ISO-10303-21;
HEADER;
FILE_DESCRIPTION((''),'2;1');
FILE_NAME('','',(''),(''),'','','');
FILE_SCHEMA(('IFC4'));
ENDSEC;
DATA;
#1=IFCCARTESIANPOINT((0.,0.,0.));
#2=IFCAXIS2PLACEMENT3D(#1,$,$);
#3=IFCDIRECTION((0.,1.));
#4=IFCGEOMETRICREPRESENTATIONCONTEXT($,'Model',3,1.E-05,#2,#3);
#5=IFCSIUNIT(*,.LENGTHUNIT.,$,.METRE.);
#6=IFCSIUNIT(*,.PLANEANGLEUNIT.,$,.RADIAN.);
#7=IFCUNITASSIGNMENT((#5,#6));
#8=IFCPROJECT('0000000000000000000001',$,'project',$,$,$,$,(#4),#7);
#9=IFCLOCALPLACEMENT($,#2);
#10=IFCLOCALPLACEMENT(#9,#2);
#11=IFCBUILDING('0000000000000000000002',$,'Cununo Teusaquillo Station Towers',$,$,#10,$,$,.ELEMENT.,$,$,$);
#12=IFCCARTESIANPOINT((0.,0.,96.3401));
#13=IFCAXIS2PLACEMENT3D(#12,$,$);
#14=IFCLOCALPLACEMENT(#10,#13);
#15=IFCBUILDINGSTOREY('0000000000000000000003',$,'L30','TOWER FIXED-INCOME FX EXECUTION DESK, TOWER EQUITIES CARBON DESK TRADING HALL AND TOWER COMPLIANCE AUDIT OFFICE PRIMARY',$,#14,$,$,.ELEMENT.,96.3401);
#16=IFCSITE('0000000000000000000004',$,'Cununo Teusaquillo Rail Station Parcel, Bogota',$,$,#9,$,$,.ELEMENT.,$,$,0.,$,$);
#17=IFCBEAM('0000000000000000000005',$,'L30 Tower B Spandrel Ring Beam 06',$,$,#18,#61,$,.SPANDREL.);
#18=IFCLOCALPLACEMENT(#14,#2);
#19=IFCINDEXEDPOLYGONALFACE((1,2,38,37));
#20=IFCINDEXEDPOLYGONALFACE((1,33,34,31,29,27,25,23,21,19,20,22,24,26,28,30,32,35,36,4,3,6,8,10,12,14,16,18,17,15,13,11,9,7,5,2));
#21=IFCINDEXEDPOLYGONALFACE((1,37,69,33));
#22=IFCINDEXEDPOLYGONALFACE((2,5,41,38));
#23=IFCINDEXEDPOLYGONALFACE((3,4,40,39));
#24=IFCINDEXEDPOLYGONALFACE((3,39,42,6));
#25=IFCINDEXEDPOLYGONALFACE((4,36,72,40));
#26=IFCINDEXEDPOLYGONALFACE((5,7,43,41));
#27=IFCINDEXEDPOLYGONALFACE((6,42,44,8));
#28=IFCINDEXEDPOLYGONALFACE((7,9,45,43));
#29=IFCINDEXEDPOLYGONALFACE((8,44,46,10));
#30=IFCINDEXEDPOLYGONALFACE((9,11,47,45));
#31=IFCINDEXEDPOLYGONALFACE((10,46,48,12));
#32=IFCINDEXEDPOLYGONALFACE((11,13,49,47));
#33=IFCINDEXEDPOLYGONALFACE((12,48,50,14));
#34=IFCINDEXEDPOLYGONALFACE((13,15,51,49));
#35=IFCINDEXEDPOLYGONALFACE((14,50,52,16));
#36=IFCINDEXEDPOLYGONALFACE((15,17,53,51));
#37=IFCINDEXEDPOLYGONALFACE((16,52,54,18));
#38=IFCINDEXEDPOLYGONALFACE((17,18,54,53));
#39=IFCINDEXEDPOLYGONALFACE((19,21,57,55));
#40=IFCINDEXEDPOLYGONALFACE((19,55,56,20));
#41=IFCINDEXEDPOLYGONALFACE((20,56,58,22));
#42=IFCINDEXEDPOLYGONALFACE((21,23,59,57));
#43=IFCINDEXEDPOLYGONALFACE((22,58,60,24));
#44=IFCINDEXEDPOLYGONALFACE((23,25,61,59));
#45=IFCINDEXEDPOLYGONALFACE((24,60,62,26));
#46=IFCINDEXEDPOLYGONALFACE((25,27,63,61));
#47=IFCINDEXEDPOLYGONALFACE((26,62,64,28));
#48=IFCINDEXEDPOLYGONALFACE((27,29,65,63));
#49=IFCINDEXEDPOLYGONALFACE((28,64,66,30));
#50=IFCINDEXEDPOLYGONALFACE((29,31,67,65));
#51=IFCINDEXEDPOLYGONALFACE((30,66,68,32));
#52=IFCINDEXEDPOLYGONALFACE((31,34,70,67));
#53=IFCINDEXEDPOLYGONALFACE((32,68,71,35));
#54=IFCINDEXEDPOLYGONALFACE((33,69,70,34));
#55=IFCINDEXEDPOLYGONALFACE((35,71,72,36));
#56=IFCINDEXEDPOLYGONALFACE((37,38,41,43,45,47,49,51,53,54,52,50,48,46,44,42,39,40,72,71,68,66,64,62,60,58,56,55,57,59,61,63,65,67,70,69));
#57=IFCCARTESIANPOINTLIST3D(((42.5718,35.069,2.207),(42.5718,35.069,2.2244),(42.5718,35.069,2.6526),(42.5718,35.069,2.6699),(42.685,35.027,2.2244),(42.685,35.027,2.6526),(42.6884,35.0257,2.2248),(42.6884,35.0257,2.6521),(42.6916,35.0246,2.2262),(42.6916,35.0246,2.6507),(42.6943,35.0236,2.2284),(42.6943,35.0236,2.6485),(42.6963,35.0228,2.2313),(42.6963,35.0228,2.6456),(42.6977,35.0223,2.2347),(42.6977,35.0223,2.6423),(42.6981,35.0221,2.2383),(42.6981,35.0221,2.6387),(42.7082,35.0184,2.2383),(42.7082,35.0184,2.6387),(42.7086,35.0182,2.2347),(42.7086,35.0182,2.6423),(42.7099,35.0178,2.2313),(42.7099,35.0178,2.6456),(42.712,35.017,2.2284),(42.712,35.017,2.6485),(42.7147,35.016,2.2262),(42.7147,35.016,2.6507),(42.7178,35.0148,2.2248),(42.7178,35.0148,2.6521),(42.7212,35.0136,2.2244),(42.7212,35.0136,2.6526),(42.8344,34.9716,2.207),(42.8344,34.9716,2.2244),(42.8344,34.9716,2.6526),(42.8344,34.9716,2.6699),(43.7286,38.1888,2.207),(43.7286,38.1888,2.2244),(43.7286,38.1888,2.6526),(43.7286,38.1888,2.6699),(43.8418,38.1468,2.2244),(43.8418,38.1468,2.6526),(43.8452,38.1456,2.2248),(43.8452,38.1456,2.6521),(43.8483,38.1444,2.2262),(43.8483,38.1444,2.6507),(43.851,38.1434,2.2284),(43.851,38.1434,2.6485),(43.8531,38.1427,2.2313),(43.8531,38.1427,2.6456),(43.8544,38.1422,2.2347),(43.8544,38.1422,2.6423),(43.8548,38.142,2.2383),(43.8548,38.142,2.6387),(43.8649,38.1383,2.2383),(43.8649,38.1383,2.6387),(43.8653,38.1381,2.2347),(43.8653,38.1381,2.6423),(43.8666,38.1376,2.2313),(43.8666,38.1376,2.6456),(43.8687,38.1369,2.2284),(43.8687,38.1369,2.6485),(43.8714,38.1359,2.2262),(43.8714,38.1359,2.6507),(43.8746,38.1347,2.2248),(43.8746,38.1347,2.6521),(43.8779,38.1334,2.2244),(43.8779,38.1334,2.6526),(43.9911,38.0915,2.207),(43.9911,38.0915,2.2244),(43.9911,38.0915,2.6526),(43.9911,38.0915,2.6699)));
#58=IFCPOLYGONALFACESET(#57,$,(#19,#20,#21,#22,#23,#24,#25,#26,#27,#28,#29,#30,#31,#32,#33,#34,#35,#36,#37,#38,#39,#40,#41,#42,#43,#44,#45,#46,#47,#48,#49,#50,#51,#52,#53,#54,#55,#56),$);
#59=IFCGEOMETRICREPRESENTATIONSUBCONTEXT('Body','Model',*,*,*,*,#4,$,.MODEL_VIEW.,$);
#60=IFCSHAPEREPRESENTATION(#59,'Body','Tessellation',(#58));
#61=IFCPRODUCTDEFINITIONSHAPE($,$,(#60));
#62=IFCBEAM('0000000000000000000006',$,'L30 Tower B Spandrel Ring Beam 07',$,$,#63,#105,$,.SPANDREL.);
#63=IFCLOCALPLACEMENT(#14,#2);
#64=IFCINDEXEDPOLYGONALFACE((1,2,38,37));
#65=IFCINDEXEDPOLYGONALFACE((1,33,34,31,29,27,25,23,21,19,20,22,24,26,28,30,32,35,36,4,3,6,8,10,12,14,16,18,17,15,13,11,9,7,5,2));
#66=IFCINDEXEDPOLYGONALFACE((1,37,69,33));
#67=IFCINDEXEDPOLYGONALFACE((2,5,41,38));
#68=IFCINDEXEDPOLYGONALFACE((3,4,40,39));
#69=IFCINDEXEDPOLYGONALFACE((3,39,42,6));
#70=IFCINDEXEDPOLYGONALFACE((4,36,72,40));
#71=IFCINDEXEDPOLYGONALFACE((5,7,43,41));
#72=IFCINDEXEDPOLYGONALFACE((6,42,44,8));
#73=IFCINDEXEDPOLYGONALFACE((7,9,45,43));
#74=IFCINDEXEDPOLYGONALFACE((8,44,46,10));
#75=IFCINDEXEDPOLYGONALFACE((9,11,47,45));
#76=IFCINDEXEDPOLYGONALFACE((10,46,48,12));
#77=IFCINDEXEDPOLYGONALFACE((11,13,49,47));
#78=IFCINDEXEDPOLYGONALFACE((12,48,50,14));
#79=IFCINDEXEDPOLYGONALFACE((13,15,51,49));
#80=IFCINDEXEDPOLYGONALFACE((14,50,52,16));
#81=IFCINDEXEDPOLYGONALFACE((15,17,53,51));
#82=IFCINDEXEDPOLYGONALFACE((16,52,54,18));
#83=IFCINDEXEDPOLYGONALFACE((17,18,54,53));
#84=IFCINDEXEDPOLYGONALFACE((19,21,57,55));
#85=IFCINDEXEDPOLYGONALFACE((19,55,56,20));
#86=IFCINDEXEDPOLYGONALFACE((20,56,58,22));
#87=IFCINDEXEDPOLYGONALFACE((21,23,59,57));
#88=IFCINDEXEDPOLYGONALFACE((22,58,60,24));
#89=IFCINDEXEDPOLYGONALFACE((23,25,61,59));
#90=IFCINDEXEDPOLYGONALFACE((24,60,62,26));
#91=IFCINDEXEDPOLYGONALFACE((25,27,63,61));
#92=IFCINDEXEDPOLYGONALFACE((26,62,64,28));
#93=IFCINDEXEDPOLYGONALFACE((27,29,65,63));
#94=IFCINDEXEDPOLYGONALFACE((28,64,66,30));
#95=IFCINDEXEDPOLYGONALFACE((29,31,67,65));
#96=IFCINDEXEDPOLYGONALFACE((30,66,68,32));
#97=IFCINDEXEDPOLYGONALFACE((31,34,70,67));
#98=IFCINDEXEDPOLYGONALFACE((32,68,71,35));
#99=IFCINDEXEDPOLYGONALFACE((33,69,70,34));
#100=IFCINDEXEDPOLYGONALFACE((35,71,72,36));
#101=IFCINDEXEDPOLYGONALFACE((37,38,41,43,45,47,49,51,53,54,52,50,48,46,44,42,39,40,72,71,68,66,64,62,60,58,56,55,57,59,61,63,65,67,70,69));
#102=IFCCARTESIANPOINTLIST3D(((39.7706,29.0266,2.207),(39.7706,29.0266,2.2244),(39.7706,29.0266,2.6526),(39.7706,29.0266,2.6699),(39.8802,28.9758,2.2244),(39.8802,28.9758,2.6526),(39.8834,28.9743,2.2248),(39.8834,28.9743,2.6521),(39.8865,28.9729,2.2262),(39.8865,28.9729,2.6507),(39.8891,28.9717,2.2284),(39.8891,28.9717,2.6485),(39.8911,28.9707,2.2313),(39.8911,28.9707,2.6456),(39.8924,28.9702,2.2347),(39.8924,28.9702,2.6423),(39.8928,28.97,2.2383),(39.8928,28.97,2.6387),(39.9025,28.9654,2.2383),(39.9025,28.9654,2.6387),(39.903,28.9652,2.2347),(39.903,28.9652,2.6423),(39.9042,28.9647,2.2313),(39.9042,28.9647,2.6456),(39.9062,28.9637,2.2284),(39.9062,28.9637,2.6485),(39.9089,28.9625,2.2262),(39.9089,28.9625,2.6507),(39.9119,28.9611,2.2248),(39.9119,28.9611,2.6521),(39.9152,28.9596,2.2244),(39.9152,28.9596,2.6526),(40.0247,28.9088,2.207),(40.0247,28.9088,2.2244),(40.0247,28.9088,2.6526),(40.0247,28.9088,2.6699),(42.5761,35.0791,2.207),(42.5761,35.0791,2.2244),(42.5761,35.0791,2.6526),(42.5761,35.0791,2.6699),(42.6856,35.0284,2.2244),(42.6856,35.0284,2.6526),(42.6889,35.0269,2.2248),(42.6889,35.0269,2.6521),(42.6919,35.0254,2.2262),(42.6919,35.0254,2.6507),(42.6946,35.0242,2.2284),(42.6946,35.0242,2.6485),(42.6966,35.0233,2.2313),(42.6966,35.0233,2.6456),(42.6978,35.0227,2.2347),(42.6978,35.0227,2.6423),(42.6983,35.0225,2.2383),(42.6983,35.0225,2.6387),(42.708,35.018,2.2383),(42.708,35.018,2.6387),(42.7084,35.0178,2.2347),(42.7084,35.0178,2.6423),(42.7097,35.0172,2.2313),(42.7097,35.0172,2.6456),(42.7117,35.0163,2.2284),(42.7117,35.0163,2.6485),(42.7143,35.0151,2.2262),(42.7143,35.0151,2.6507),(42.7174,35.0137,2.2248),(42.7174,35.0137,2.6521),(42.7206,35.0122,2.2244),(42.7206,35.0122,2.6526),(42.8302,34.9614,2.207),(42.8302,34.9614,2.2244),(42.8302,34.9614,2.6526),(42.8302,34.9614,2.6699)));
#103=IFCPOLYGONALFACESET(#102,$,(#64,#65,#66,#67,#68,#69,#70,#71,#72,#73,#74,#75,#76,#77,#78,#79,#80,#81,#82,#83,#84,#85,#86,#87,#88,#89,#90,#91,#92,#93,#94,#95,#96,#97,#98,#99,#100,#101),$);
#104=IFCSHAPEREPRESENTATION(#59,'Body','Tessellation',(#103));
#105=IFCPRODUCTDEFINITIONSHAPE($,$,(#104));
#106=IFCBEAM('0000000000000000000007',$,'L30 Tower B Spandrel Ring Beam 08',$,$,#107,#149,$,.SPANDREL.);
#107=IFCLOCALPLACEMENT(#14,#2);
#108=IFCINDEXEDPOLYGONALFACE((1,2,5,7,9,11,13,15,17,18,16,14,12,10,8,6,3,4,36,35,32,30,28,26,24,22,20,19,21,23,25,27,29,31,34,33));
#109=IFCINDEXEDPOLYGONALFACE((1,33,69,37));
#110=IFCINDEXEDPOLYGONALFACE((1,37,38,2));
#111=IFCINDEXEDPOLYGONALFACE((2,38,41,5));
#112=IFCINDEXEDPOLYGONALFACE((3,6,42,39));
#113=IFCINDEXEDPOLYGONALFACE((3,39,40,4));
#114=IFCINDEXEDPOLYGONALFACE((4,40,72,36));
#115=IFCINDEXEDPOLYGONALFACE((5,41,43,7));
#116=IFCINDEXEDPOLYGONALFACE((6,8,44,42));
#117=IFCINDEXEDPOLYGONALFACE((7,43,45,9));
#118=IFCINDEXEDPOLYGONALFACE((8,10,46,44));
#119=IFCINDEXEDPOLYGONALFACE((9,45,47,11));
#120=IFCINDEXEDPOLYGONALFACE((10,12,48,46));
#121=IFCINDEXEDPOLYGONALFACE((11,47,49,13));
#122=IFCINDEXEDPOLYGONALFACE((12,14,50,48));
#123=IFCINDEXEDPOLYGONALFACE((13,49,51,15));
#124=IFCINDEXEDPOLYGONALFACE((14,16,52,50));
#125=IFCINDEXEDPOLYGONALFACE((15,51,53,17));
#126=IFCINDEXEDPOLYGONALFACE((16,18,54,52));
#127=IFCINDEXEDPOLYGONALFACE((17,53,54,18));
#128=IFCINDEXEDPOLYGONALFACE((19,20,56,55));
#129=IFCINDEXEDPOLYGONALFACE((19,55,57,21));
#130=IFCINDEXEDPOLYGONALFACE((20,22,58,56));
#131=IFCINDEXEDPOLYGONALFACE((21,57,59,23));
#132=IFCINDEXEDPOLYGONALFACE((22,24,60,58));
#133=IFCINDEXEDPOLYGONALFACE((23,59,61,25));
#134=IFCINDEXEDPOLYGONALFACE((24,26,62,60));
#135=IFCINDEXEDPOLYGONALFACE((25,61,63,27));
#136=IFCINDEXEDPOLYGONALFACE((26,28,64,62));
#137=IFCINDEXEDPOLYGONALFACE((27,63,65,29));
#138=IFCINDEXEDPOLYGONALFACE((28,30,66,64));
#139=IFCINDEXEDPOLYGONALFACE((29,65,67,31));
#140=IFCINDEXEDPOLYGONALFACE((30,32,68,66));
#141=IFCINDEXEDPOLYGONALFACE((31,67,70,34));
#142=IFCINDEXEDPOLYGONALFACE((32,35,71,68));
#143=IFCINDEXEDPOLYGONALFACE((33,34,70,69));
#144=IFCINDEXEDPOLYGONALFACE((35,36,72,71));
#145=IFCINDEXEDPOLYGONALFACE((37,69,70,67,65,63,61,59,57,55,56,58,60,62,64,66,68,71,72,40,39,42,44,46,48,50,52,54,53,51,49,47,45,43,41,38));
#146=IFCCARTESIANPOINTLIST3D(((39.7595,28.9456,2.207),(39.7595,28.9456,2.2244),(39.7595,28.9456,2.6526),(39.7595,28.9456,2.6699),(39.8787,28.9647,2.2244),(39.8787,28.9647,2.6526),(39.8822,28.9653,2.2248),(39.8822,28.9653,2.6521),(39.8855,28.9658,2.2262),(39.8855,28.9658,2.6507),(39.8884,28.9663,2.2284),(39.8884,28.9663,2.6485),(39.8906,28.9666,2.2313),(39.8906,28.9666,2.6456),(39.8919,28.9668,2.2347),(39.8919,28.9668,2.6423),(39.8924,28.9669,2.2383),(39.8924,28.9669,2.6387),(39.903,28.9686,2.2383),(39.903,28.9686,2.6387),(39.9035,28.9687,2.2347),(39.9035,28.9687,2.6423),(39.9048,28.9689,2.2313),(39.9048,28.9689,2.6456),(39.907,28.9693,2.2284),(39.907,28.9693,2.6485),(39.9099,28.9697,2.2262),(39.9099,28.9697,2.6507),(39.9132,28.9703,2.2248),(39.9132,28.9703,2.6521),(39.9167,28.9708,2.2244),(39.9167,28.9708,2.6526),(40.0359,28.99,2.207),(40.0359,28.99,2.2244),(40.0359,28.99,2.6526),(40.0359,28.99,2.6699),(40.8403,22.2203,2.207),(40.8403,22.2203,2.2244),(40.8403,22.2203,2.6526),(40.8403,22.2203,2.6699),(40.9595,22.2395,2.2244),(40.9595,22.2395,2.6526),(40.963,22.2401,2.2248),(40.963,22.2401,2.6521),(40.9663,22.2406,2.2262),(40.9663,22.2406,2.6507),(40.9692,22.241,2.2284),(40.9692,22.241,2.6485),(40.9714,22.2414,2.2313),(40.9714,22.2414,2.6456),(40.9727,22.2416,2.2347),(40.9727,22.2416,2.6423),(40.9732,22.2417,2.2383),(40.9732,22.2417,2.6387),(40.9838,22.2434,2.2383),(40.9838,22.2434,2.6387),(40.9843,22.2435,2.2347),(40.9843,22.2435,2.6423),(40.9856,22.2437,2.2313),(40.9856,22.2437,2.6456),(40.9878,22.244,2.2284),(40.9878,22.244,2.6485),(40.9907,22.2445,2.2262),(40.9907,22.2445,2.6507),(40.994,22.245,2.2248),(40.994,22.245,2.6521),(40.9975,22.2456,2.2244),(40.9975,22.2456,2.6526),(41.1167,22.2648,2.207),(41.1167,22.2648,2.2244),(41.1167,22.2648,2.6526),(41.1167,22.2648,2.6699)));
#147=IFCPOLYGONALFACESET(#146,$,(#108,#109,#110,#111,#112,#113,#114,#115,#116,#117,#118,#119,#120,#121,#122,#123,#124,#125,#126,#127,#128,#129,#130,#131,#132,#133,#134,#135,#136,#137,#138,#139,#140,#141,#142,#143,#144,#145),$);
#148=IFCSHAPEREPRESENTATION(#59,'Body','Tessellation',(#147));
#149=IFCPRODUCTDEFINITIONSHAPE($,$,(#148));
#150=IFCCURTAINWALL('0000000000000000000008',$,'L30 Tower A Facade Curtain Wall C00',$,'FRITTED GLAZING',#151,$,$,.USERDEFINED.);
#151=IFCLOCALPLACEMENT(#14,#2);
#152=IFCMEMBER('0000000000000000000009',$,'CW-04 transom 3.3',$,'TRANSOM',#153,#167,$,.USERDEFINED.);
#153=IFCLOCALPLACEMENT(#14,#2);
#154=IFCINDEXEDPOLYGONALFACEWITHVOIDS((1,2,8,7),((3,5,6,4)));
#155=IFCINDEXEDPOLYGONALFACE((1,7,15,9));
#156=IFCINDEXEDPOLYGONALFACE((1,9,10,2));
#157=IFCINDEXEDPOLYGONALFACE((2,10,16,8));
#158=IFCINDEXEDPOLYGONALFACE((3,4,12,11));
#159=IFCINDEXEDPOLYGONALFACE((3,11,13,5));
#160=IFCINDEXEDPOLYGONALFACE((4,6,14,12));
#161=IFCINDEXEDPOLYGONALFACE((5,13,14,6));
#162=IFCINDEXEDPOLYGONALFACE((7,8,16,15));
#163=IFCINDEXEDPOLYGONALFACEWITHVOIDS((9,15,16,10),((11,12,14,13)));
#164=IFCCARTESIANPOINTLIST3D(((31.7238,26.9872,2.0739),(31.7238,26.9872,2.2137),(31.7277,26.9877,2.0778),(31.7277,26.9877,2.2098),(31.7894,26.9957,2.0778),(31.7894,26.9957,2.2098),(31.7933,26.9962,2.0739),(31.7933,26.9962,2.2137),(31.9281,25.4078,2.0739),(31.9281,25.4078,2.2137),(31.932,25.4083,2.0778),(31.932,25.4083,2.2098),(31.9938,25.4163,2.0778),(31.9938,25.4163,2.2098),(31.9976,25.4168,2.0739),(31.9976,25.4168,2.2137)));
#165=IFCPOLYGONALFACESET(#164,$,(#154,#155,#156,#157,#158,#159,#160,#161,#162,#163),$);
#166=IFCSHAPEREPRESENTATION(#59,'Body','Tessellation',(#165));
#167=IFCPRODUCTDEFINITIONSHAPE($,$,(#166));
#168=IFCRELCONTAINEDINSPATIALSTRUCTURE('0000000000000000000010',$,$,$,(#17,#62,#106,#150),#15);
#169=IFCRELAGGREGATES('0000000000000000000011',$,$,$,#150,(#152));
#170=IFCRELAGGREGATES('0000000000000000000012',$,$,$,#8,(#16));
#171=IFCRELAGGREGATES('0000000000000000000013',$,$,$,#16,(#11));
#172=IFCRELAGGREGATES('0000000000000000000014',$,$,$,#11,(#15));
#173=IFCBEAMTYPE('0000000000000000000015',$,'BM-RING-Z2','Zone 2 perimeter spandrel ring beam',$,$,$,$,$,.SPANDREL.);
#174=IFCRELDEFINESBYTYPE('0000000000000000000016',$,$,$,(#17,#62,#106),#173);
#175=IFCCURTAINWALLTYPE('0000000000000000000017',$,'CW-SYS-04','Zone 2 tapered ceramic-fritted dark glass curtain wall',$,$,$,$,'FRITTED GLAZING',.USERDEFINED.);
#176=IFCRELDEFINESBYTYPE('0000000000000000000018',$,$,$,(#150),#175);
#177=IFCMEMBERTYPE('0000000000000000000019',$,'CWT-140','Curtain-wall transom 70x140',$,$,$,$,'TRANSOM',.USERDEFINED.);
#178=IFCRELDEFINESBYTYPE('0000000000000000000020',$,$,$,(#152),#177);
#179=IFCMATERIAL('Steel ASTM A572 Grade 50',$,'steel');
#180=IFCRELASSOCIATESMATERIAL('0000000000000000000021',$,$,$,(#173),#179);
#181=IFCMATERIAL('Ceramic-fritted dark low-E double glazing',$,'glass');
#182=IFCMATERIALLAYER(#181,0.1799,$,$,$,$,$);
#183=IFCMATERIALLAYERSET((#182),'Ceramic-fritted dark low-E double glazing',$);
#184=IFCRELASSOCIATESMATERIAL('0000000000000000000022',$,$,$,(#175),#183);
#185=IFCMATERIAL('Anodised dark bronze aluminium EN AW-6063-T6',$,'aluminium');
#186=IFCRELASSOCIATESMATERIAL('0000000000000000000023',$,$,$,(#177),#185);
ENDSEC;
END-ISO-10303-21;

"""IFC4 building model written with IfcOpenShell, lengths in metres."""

from ifc_helpers import new_model, si_unit, direction, frame, origin, origin_2d, place, context, subcontext, project, spatial, hollow_rectangle, i_section, extrude, material, layer, layer_set, material_profile, profile_set, type_object, element, aggregate, save


model = new_model("IFC4")

# Units and contexts
model_context = context("Model", 3, precision=1e-05, world=origin(), true_north=direction((0.0, 1.0)))
body_context = subcontext(model_context, "Body", "Model", "MODEL_VIEW")
ifc_project = project(units=[si_unit("LENGTHUNIT", "METRE"), si_unit("PLANEANGLEUNIT", "RADIAN")], contexts=[model_context])

# Site, building, storey
site_placement = place(None, origin())
site = spatial("IfcSite", under=ifc_project, at=site_placement, Name="Cununo Teusaquillo Rail Station Parcel, Bogota", CompositionType="ELEMENT", RefElevation=0.0)
building_placement = place(site_placement, origin())
building = spatial("IfcBuilding", under=site, at=building_placement, Name="Cununo Teusaquillo Station Towers", CompositionType="ELEMENT")
storey_placement = place(building_placement, frame((0.0, 0.0, 96.3401)))
storey = spatial("IfcBuildingStorey", under=building, at=storey_placement, Name="L30", Description="TOWER FIXED-INCOME FX EXECUTION DESK, TOWER EQUITIES CARBON DESK TRADING HALL AND TOWER COMPLIANCE AUDIT OFFICE PRIMARY", CompositionType="ELEMENT", Elevation=96.3401)

# Beams
ifc_material_1 = material(Name="Steel ASTM A572 Grade 50", Category="steel")
ifc_material_profile_1 = material_profile(ifc_material_1, i_section(OverallWidth=0.28, OverallDepth=0.4629, WebThickness=0.0107, FlangeThickness=0.0173, FilletRadius=0.0139, at=origin_2d()), Name="W18X76")
ifc_profile_set_1 = profile_set([ifc_material_profile_1], Name="Steel ASTM A572 Grade 50")
beam_type_1 = type_object("IfcBeamType", Name="BM-RING-Z2", Description="Zone 2 perimeter spandrel ring beam", PredefinedType="SPANDREL", material=ifc_profile_set_1)
for number, where, z_axis, x_axis, name in (
    (1, (43.8599, 38.1401, 2.4385), (-0.347639, -0.937628, 0.0), (0.937628, -0.347639, 0.0), "L30 Tower B Spandrel Ring Beam 06"),
):
    element("IfcBeam", number, at=place(storey_placement, frame(where, z_axis=z_axis, x_axis=x_axis)), inside=storey, type_object=beam_type_1, Name=name, PredefinedType="SPANDREL", context=body_context, shape_type="SweptSolid", body=[
        extrude(i_section(OverallWidth=0.28, OverallDepth=0.4629, WebThickness=0.0107, FlangeThickness=0.0173, FilletRadius=0.0139, at=origin_2d()), origin(), (0.0, 0.0, 1.0), 3.3274),
    ])
beam_1_placement = place(storey_placement, frame((42.7031, 35.0203, 2.4385), z_axis=(-0.420536, -0.907276, 0.0), x_axis=(0.907276, -0.420536, 0.0)))
element("IfcBeam", 2, at=beam_1_placement, inside=storey, type_object=beam_type_1, Name="L30 Tower B Spandrel Ring Beam 07", PredefinedType="SPANDREL", context=body_context, shape_type="SweptSolid", body=[
    extrude(i_section(OverallWidth=0.28, OverallDepth=0.4629, WebThickness=0.0107, FlangeThickness=0.0173, FilletRadius=0.0139, at=origin_2d()), origin(), (0.0, 0.0, 1.0), 6.6711),
])
beam_2_placement = place(storey_placement, frame((39.8977, 28.9678, 2.4385), z_axis=(0.158671, -0.987331, 0.0), x_axis=(0.987331, 0.158671, 0.0)))
element("IfcBeam", 3, at=beam_2_placement, inside=storey, type_object=beam_type_1, Name="L30 Tower B Spandrel Ring Beam 08", PredefinedType="SPANDREL", context=body_context, shape_type="SweptSolid", body=[
    extrude(i_section(OverallWidth=0.28, OverallDepth=0.4629, WebThickness=0.0107, FlangeThickness=0.0173, FilletRadius=0.0139, at=origin_2d()), origin(), (0.0, 0.0, 1.0), 6.8115),
])

# Curtain wall, member
ifc_material_2 = material(Name="Ceramic-fritted dark low-E double glazing", Category="glass")
ifc_layer_1 = layer(ifc_material_2, 0.1799)
ifc_layer_set_1 = layer_set([ifc_layer_1], Name="Ceramic-fritted dark low-E double glazing")
curtain_wall_type = type_object("IfcCurtainWallType", Name="CW-SYS-04", Description="Zone 2 tapered ceramic-fritted dark glass curtain wall", ElementType="FRITTED GLAZING", PredefinedType="USERDEFINED", material=ifc_layer_set_1)
curtain_wall_placement = place(storey_placement, origin())
curtain_wall = element("IfcCurtainWall", 4, at=curtain_wall_placement, inside=storey, type_object=curtain_wall_type, Name="L30 Tower A Facade Curtain Wall C00", ObjectType="FRITTED GLAZING", PredefinedType="USERDEFINED")
ifc_material_3 = material(Name="Anodised dark bronze aluminium EN AW-6063-T6", Category="aluminium")
ifc_material_profile_2 = material_profile(ifc_material_3, hollow_rectangle(XDim=0.0701, YDim=0.1399, WallThickness=0.0039, at=origin_2d()), Name="CW-TRAN-70x140")
ifc_profile_set_2 = profile_set([ifc_material_profile_2], Name="Anodised dark bronze aluminium EN AW-6063-T6")
member_type_1 = type_object("IfcMemberType", Name="CWT-140", Description="Curtain-wall transom 70x140", ElementType="TRANSOM", PredefinedType="USERDEFINED", material=ifc_profile_set_2)
member_1_placement = place(storey_placement, frame((31.7585, 26.9917, 2.1438), z_axis=(0.128317, -0.991733, 0.0), x_axis=(0.991733, 0.128317, 0.0)))
member_1 = element("IfcMember", 5, at=member_1_placement, type_object=member_type_1, Name="CW-04 transom 3.3", ObjectType="TRANSOM", PredefinedType="USERDEFINED", context=body_context, shape_type="SweptSolid", body=[
    extrude(hollow_rectangle(XDim=0.0701, YDim=0.1399, WallThickness=0.0039, at=origin_2d()), origin(), (0.0, 0.0, 1.0), 1.5925),
])

aggregate(curtain_wall, [member_1])

save(model, "model.ifc")
